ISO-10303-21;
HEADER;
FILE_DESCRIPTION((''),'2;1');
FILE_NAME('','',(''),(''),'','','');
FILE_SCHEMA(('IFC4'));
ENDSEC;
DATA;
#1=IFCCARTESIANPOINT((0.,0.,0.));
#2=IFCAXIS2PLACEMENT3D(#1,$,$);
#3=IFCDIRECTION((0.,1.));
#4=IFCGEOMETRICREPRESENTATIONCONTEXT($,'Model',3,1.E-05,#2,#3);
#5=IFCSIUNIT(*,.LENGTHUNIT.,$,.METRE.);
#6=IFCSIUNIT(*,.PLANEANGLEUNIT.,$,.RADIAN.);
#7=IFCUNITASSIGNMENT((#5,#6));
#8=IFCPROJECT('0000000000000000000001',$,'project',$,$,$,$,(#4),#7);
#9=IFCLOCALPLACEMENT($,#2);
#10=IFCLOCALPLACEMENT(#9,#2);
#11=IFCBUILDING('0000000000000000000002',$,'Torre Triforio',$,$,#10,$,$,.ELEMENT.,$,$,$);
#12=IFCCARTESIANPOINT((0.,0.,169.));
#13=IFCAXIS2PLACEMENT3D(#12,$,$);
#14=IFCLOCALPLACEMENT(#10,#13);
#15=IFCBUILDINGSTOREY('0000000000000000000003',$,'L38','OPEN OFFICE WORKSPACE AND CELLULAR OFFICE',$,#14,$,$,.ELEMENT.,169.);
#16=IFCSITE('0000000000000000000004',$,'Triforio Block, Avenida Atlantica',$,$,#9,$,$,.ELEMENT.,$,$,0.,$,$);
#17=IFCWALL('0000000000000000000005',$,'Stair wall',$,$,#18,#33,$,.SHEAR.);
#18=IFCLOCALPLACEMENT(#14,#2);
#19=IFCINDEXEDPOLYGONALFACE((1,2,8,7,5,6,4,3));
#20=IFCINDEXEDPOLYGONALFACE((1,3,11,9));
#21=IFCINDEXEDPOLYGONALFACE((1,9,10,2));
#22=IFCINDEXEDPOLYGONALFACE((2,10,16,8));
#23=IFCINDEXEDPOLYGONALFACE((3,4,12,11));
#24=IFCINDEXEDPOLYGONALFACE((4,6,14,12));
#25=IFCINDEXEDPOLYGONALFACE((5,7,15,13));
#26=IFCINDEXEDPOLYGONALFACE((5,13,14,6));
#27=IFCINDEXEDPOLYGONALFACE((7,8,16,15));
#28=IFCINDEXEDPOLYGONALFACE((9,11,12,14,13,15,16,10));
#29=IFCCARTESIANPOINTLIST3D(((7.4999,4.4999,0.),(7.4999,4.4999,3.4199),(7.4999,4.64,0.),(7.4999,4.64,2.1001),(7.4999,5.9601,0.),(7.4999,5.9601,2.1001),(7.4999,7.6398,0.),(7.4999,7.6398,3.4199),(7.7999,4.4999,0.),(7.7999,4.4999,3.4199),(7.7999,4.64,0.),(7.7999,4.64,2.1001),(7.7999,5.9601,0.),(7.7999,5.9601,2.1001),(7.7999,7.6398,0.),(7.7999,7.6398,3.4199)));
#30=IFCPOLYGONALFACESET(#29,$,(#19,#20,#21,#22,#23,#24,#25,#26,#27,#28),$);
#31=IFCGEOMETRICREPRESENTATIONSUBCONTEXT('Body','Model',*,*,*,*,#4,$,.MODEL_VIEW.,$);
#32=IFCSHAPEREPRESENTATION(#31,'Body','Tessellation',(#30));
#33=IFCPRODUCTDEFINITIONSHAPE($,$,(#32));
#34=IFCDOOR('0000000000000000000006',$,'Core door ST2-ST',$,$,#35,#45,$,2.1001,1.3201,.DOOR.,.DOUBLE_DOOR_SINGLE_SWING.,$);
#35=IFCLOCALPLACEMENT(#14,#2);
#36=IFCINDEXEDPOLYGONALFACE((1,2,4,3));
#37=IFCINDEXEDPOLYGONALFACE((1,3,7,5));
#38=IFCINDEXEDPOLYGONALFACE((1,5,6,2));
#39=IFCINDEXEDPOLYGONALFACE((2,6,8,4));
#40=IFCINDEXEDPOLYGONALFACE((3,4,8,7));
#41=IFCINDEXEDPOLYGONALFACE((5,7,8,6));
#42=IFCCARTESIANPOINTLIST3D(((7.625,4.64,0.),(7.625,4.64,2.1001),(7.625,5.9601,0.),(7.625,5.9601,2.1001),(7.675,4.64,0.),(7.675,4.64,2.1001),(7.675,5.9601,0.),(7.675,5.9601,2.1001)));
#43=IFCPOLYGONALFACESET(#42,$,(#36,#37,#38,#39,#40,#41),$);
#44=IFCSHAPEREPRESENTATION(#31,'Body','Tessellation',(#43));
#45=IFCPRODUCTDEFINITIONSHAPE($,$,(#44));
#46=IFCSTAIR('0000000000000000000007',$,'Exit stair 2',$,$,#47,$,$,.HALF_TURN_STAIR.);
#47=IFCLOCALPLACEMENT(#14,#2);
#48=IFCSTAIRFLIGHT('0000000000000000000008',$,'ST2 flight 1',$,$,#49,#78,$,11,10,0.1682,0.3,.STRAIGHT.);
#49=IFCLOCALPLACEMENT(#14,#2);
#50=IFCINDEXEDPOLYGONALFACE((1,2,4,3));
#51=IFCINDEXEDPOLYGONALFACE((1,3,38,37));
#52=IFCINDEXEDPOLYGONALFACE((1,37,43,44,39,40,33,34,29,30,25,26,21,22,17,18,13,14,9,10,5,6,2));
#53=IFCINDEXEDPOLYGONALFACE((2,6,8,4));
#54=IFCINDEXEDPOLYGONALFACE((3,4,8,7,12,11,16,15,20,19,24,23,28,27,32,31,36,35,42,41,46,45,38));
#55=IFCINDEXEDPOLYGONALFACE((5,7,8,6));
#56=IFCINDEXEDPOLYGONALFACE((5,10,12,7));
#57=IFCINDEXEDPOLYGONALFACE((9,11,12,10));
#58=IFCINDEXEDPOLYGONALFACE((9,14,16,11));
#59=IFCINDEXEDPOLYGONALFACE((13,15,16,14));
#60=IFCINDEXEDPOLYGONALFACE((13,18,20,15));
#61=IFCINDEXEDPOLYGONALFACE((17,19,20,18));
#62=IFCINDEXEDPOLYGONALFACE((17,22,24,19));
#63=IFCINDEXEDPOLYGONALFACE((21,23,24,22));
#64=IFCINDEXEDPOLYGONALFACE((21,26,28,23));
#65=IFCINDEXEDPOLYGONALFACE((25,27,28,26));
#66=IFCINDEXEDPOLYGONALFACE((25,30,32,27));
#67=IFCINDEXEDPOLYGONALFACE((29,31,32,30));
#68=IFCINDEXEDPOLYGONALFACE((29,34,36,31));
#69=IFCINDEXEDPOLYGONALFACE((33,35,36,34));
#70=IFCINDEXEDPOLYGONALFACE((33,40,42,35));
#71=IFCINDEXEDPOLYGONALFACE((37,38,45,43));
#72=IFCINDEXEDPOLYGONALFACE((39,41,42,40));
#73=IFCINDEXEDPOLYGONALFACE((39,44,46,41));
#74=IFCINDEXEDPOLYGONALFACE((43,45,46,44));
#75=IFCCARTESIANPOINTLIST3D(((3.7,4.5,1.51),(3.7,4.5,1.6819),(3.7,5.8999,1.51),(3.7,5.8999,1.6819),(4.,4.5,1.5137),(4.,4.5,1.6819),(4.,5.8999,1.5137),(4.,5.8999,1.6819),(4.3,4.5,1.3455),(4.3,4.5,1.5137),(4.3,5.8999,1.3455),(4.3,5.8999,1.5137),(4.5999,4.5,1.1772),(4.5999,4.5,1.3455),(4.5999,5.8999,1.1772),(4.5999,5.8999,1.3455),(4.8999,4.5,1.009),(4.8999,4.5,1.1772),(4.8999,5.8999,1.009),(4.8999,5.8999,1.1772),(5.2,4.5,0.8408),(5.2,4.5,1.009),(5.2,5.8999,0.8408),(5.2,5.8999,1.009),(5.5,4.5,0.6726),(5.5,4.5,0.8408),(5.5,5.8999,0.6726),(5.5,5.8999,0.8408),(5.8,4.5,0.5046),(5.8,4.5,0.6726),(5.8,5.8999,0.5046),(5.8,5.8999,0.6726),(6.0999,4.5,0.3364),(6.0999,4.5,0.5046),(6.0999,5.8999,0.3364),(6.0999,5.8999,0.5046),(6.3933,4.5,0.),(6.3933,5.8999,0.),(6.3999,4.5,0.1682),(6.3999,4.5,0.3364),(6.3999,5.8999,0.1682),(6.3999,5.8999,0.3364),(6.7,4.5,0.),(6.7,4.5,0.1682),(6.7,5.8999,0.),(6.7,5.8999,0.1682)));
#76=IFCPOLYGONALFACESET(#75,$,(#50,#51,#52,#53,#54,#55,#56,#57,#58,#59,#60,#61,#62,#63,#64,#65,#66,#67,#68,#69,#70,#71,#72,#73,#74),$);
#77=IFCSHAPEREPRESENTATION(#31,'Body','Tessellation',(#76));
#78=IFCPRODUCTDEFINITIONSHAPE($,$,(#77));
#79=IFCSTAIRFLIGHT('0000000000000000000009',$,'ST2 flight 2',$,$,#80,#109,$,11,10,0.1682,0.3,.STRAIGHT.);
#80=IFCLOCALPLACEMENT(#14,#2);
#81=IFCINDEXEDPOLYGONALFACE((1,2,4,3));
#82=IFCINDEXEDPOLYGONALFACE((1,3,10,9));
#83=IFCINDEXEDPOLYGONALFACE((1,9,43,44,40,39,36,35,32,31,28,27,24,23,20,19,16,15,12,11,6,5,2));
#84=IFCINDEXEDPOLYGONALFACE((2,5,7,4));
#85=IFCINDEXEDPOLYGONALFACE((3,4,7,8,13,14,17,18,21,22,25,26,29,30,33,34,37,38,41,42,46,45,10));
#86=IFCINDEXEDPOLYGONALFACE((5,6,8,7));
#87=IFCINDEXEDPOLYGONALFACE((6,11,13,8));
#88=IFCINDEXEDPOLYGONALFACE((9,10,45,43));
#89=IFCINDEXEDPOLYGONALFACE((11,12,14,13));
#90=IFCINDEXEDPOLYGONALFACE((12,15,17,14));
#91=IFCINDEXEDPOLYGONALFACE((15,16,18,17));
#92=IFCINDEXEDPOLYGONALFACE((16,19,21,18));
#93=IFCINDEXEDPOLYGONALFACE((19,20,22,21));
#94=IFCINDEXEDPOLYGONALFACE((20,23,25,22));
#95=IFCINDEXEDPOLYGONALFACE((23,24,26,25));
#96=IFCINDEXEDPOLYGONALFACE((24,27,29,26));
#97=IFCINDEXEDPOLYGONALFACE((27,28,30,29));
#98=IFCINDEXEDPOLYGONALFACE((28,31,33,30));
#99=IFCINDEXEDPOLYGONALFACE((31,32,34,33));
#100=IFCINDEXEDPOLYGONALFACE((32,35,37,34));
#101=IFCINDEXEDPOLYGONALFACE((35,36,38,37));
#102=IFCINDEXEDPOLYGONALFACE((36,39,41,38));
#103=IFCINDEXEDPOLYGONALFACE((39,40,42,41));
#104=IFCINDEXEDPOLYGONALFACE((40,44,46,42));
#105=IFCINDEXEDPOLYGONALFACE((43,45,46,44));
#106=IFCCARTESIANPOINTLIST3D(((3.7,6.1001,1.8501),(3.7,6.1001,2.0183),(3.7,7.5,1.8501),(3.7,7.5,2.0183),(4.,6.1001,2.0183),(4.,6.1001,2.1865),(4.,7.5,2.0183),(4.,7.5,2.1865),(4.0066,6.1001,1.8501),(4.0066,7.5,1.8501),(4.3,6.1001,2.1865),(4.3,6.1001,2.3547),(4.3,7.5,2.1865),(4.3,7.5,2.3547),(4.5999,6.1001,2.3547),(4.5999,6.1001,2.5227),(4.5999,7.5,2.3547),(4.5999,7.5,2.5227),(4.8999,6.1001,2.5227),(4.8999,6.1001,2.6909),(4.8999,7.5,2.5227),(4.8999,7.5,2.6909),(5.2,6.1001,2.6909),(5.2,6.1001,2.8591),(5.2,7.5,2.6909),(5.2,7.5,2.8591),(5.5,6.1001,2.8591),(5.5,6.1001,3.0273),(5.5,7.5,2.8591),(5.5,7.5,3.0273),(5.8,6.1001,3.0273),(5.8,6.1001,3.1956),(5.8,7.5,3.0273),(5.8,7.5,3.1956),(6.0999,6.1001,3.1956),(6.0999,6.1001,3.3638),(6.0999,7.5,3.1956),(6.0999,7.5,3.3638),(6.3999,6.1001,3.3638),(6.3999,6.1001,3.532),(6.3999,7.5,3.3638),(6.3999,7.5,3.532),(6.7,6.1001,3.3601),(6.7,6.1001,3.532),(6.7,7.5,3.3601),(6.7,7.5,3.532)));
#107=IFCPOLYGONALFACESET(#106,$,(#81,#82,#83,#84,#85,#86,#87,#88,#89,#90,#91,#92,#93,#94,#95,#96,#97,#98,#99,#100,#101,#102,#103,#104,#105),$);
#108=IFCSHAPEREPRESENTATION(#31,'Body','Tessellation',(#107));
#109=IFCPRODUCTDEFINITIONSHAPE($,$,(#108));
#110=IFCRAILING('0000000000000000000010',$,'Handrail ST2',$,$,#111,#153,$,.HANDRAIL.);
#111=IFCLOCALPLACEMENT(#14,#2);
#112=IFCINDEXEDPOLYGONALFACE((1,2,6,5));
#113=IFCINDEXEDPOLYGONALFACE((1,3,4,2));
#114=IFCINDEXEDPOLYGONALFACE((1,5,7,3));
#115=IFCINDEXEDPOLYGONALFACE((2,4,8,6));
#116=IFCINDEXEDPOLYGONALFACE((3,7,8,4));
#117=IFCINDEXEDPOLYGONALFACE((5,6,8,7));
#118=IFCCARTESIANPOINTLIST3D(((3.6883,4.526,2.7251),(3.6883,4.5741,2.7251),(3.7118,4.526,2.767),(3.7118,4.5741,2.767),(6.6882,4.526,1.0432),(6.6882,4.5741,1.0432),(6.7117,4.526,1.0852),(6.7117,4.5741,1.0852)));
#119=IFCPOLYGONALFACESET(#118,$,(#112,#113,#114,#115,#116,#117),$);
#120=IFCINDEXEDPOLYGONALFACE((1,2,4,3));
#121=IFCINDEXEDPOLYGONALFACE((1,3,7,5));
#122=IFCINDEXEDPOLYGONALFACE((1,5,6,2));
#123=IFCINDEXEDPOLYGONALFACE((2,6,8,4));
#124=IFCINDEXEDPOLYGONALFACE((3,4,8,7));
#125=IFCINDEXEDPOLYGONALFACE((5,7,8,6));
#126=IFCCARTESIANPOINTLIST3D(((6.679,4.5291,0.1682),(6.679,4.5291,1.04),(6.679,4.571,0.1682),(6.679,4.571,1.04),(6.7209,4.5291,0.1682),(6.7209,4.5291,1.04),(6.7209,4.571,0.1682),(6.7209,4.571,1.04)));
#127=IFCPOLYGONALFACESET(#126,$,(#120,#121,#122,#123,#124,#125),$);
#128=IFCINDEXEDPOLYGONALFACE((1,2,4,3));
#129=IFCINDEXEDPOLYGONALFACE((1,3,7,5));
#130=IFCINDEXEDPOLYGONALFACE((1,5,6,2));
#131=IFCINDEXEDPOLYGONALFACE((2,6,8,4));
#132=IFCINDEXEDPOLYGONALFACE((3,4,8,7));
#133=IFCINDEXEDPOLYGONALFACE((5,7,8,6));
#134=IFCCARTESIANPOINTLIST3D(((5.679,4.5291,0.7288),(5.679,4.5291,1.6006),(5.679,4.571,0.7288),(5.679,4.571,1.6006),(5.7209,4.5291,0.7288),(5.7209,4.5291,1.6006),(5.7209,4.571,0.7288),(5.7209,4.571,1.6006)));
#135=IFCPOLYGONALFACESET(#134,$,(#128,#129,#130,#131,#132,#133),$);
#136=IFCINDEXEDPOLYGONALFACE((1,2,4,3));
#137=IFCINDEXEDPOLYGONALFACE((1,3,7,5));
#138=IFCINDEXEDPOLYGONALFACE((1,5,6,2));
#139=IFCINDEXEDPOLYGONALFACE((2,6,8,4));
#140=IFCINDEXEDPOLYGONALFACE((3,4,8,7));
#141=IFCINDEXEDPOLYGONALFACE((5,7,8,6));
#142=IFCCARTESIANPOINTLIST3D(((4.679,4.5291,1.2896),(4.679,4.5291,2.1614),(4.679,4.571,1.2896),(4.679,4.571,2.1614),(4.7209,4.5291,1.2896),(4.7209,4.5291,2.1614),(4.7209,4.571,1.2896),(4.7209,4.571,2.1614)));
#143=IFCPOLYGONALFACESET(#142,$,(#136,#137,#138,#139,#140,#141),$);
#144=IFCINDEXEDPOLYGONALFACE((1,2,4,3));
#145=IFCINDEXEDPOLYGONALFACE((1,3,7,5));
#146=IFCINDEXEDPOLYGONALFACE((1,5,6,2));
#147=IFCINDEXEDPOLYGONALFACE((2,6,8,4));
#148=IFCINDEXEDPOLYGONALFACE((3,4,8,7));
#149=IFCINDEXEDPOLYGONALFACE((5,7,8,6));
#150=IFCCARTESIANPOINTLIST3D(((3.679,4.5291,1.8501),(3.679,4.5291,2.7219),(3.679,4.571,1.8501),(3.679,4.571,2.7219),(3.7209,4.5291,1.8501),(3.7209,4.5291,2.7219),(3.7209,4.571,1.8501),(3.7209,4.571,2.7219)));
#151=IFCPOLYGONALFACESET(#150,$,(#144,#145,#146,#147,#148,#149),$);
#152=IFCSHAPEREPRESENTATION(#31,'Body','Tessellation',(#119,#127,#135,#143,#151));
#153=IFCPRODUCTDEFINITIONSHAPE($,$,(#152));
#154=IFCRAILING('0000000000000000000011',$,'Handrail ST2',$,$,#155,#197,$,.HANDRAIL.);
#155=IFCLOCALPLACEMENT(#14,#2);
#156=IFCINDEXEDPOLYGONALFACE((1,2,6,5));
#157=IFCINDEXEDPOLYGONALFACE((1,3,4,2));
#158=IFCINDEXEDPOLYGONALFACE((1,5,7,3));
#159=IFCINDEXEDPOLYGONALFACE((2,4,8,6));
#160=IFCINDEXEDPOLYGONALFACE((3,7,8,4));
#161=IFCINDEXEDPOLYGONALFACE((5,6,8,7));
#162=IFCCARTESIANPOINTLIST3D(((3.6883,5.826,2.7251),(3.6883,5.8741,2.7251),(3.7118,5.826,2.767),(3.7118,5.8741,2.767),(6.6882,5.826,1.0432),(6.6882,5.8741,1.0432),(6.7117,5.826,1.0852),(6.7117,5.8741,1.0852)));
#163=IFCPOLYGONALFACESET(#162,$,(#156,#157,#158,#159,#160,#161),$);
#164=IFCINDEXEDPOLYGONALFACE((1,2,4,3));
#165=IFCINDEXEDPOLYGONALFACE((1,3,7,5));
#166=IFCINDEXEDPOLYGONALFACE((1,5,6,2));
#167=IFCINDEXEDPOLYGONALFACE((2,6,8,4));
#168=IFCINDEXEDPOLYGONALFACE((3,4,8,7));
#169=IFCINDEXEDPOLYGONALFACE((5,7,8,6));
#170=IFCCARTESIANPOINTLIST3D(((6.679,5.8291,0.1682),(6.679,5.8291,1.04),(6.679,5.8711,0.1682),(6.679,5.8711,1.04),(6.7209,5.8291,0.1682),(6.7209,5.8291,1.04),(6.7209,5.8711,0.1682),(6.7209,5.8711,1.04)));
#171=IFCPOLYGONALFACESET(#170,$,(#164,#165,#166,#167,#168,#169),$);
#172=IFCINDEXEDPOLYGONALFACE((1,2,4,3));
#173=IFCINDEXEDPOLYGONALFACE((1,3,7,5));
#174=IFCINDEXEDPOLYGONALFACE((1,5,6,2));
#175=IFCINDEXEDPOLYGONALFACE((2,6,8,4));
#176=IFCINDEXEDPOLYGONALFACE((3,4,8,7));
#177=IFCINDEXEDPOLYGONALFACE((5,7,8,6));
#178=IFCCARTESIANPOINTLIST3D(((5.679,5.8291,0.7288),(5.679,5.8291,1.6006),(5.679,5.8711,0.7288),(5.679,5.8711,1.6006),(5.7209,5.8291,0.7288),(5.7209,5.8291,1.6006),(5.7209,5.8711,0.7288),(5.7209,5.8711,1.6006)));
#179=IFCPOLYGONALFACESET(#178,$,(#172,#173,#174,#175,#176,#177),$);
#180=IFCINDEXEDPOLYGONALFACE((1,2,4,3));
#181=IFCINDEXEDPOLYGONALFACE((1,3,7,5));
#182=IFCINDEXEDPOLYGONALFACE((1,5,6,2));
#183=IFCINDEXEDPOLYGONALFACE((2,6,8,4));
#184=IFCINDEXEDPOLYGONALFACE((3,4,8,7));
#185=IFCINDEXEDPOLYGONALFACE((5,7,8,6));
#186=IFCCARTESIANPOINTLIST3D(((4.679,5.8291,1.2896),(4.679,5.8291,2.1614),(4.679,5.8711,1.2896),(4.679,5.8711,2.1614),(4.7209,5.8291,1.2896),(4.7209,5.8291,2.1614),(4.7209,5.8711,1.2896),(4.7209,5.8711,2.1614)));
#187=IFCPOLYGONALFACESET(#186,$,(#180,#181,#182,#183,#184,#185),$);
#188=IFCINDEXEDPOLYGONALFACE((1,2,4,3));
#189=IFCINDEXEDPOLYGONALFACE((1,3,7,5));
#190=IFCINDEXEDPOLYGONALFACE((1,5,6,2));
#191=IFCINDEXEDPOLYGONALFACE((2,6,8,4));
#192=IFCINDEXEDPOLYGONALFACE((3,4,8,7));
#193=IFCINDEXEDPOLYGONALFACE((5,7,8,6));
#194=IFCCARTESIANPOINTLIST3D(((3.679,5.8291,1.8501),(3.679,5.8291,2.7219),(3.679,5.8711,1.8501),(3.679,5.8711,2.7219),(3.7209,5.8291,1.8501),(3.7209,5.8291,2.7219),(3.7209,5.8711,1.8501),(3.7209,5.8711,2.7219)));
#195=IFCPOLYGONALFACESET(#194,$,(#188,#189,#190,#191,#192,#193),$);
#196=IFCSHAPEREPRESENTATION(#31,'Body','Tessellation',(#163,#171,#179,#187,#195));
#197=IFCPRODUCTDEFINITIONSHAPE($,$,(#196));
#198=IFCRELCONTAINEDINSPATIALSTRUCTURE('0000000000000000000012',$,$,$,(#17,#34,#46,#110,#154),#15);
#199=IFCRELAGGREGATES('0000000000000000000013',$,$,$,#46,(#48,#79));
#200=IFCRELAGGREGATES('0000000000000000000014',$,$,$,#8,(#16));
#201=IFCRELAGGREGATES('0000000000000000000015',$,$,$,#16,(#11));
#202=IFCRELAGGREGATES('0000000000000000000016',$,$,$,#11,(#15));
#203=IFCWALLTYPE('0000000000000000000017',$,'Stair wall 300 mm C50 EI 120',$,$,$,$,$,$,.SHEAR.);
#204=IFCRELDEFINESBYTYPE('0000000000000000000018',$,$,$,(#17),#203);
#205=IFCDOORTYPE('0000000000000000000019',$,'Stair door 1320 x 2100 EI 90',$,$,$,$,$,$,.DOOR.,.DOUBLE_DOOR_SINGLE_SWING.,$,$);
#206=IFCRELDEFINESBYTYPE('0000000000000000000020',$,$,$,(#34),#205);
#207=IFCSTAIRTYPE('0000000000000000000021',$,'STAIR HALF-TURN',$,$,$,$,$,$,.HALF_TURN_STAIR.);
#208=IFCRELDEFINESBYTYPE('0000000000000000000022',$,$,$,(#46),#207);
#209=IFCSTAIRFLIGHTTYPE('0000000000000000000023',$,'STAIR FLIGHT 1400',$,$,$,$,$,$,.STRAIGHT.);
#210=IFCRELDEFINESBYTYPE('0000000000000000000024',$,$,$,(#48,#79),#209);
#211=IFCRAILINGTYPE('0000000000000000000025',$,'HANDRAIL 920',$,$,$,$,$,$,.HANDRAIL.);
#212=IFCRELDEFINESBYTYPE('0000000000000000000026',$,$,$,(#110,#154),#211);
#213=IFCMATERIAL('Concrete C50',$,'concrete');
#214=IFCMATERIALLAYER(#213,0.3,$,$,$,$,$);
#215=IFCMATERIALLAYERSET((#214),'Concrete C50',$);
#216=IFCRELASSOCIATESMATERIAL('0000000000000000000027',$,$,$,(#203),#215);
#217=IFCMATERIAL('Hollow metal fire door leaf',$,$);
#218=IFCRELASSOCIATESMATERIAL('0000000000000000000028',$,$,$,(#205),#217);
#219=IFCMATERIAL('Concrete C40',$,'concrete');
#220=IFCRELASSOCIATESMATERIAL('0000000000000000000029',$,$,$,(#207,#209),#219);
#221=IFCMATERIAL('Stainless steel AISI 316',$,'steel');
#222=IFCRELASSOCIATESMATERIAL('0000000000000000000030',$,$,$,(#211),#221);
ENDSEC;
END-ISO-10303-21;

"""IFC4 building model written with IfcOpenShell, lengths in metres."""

from ifc_helpers import new_model, si_unit, direction, frame, frame_2d, origin, origin_2d, place, context, subcontext, project, spatial, polyline, rectangle, outline, extrude, material, layer, layer_set, type_object, element, fill, aggregate, save


model = new_model("IFC4")

# Units and contexts
model_context = context("Model", 3, precision=1e-05, world=origin(), true_north=direction((0.0, 1.0)))
body_context = subcontext(model_context, "Body", "Model", "MODEL_VIEW")
ifc_project = project(units=[si_unit("LENGTHUNIT", "METRE"), si_unit("PLANEANGLEUNIT", "RADIAN")], contexts=[model_context])

# Site, building, storey
site_placement = place(None, origin())
site = spatial("IfcSite", under=ifc_project, at=site_placement, Name="Triforio Block, Avenida Atlantica", CompositionType="ELEMENT", RefElevation=0.0)
building_placement = place(site_placement, origin())
building = spatial("IfcBuilding", under=site, at=building_placement, Name="Torre Triforio", CompositionType="ELEMENT")
storey_placement = place(building_placement, frame((0.0, 0.0, 169.0)))
storey = spatial("IfcBuildingStorey", under=building, at=storey_placement, Name="L38", Description="OPEN OFFICE WORKSPACE AND CELLULAR OFFICE", CompositionType="ELEMENT", Elevation=169.0)

# Shared definitions
ifc_material_1 = material(Name="Concrete C50", Category="concrete")

# Shared definitions
ifc_material_2 = material(Name="Hollow metal fire door leaf")

# Wall, opening, door
ifc_layer_1 = layer(ifc_material_1, 0.3)
ifc_layer_set_1 = layer_set([ifc_layer_1], Name="Concrete C50")
wall_type_1 = type_object("IfcWallType", Name="Stair wall 300 mm C50 EI 120", PredefinedType="SHEAR", material=ifc_layer_set_1)
wall_1_placement = place(storey_placement, frame((7.6499, 4.5, 0.0), z_axis=(0.0, 0.0, 1.0), x_axis=(0.0, 1.0, 0.0)))
wall_1 = element("IfcWall", 1, at=wall_1_placement, inside=storey, type_object=wall_type_1, Name="Stair wall", PredefinedType="SHEAR", context=body_context, shape_type="SweptSolid", body=[
    extrude(rectangle(XDim=3.1399, YDim=0.3, at=frame_2d((1.5698, 0.0))), origin(), (0.0, 0.0, 1.0), 3.4199),
])
opening_1_placement = place(wall_1_placement, frame((0.1399, 0.0, 0.0)))
opening_1 = element("IfcOpeningElement", 2, at=opening_1_placement, cuts=wall_1, PredefinedType="OPENING", context=body_context, shape_type="SweptSolid", body=[
    extrude(rectangle(XDim=1.3201, YDim=2.1001, at=frame_2d((0.6602, 1.05))), frame((0.0, 0.1599, 0.0), z_axis=(0.0, -1.0, 0.0), x_axis=(1.0, 0.0, 0.0)), (0.0, 0.0, 1.0), 0.3201),
])
door_type_1 = type_object("IfcDoorType", Name="Stair door 1320 x 2100 EI 90", OperationType="DOUBLE_DOOR_SINGLE_SWING", PredefinedType="DOOR", material=ifc_material_2)
door_1_placement = place(opening_1_placement, origin())
door_1 = element("IfcDoor", 3, at=door_1_placement, inside=storey, type_object=door_type_1, Name="Core door ST2-ST", OperationType="DOUBLE_DOOR_SINGLE_SWING", OverallHeight=2.1001, OverallWidth=1.3201, PredefinedType="DOOR", context=body_context, shape_type="SweptSolid", body=[
    extrude(rectangle(XDim=1.3201, YDim=2.1001, at=frame_2d((0.6602, 1.05))), frame((0.0, 0.0249, 0.0), z_axis=(0.0, -1.0, 0.0), x_axis=(1.0, 0.0, 0.0)), (0.0, 0.0, 1.0), 0.05),
])
fill(opening_1, door_1)

# Stair, stair flights
ifc_material_3 = material(Name="Concrete C40", Category="concrete")
stair_type = type_object("IfcStairType", Name="STAIR HALF-TURN", PredefinedType="HALF_TURN_STAIR", material=ifc_material_3)
stair_placement = place(storey_placement, origin())
stair = element("IfcStair", 4, at=stair_placement, inside=storey, type_object=stair_type, Name="Exit stair 2", PredefinedType="HALF_TURN_STAIR")
stair_flight_type = type_object("IfcStairFlightType", Name="STAIR FLIGHT 1400", PredefinedType="STRAIGHT", material=ifc_material_3)
stair_flight_1_placement = place(storey_placement, frame((6.7, 5.2, 0.0), z_axis=(0.0, 0.0, 1.0), x_axis=(-1.0, 0.0, 0.0)))
stair_flight_1 = element("IfcStairFlight", 5, at=stair_flight_1_placement, type_object=stair_flight_type, Name="ST2 flight 1", NumberOfRisers=11, NumberOfTreads=10, PredefinedType="STRAIGHT", RiserHeight=0.1682, TreadLength=0.3, context=body_context, shape_type="SweptSolid", body=[
    extrude(outline(polyline([(0.0, 0.0), (0.0, 0.1682), (0.3, 0.1682), (0.3, 0.3364), (0.6001, 0.3364), (0.6001, 0.5046), (0.8999, 0.5046), (0.8999, 0.6726), (1.2, 0.6726), (1.2, 0.8408), (1.5, 0.8408), (1.5, 1.009), (1.8, 1.009), (1.8, 1.1772), (2.1001, 1.1772), (2.1001, 1.3455), (2.3999, 1.3455), (2.3999, 1.5137), (2.7, 1.5137), (2.7, 1.6819), (3.0, 1.6819), (3.0, 1.8501), (3.0, 1.51), (0.3066, 0.0), (0.0, 0.0)])), frame((0.0, 0.7, 0.0), z_axis=(0.0, -1.0, 0.0), x_axis=(1.0, 0.0, 0.0)), (0.0, 0.0, 1.0), 1.3999),
])
stair_flight_2_placement = place(storey_placement, frame((3.7, 6.8, 1.8501), z_axis=(0.0, 0.0, 1.0), x_axis=(1.0, 0.0, 0.0)))
stair_flight_2 = element("IfcStairFlight", 6, at=stair_flight_2_placement, type_object=stair_flight_type, Name="ST2 flight 2", NumberOfRisers=11, NumberOfTreads=10, PredefinedType="STRAIGHT", RiserHeight=0.1682, TreadLength=0.3, context=body_context, shape_type="SweptSolid", body=[
    extrude(outline(polyline([(0.0, 0.0), (0.0, 0.1682), (0.3, 0.1682), (0.3, 0.3364), (0.6001, 0.3364), (0.6001, 0.5046), (0.8999, 0.5046), (0.8999, 0.6726), (1.2, 0.6726), (1.2, 0.8408), (1.5, 0.8408), (1.5, 1.009), (1.8, 1.009), (1.8, 1.1772), (2.1001, 1.1772), (2.1001, 1.3455), (2.3999, 1.3455), (2.3999, 1.5137), (2.7, 1.5137), (2.7, 1.6819), (3.0, 1.6819), (3.0, 1.8501), (3.0, 1.51), (0.3066, 0.0), (0.0, 0.0)])), frame((0.0, 0.7, 0.0), z_axis=(0.0, -1.0, 0.0), x_axis=(1.0, 0.0, 0.0)), (0.0, 0.0, 1.0), 1.3999),
])
aggregate(stair, [stair_flight_1, stair_flight_2])

# Railings
ifc_material_4 = material(Name="Stainless steel AISI 316", Category="steel")
railing_type = type_object("IfcRailingType", Name="HANDRAIL 920", PredefinedType="HANDRAIL", material=ifc_material_4)
for number, where, name in (
    (7, (6.7, 4.55, 0.1682), "Handrail ST2"),
    (8, (6.7, 5.8501, 0.1682), "Handrail ST2"),
):
    element("IfcRailing", number, at=place(storey_placement, frame(where)), inside=storey, type_object=railing_type, Name=name, PredefinedType="HANDRAIL", context=body_context, shape_type="SweptSolid", body=[
        extrude(rectangle(XDim=0.0481, YDim=0.0481, at=origin_2d()), frame((0.0, 0.0, 0.896), z_axis=(-0.872272, 0.0, 0.48902), x_axis=(0.0, -1.0, 0.0)), (0.0, 0.0, 1.0), 3.4392),
        extrude(rectangle(XDim=0.042, YDim=0.042, at=origin_2d()), origin(), (0.0, 0.0, 1.0), 0.8718),
        extrude(rectangle(XDim=0.042, YDim=0.042, at=origin_2d()), frame((-1.0, 0.0, 0.5605)), (0.0, 0.0, 1.0), 0.8718),
        extrude(rectangle(XDim=0.042, YDim=0.042, at=origin_2d()), frame((-2.0, 0.0, 1.1213)), (0.0, 0.0, 1.0), 0.8718),
        extrude(rectangle(XDim=0.042, YDim=0.042, at=origin_2d()), frame((-3.0, 0.0, 1.6819)), (0.0, 0.0, 1.0), 0.8718),
    ])

save(model, "model.ifc")
